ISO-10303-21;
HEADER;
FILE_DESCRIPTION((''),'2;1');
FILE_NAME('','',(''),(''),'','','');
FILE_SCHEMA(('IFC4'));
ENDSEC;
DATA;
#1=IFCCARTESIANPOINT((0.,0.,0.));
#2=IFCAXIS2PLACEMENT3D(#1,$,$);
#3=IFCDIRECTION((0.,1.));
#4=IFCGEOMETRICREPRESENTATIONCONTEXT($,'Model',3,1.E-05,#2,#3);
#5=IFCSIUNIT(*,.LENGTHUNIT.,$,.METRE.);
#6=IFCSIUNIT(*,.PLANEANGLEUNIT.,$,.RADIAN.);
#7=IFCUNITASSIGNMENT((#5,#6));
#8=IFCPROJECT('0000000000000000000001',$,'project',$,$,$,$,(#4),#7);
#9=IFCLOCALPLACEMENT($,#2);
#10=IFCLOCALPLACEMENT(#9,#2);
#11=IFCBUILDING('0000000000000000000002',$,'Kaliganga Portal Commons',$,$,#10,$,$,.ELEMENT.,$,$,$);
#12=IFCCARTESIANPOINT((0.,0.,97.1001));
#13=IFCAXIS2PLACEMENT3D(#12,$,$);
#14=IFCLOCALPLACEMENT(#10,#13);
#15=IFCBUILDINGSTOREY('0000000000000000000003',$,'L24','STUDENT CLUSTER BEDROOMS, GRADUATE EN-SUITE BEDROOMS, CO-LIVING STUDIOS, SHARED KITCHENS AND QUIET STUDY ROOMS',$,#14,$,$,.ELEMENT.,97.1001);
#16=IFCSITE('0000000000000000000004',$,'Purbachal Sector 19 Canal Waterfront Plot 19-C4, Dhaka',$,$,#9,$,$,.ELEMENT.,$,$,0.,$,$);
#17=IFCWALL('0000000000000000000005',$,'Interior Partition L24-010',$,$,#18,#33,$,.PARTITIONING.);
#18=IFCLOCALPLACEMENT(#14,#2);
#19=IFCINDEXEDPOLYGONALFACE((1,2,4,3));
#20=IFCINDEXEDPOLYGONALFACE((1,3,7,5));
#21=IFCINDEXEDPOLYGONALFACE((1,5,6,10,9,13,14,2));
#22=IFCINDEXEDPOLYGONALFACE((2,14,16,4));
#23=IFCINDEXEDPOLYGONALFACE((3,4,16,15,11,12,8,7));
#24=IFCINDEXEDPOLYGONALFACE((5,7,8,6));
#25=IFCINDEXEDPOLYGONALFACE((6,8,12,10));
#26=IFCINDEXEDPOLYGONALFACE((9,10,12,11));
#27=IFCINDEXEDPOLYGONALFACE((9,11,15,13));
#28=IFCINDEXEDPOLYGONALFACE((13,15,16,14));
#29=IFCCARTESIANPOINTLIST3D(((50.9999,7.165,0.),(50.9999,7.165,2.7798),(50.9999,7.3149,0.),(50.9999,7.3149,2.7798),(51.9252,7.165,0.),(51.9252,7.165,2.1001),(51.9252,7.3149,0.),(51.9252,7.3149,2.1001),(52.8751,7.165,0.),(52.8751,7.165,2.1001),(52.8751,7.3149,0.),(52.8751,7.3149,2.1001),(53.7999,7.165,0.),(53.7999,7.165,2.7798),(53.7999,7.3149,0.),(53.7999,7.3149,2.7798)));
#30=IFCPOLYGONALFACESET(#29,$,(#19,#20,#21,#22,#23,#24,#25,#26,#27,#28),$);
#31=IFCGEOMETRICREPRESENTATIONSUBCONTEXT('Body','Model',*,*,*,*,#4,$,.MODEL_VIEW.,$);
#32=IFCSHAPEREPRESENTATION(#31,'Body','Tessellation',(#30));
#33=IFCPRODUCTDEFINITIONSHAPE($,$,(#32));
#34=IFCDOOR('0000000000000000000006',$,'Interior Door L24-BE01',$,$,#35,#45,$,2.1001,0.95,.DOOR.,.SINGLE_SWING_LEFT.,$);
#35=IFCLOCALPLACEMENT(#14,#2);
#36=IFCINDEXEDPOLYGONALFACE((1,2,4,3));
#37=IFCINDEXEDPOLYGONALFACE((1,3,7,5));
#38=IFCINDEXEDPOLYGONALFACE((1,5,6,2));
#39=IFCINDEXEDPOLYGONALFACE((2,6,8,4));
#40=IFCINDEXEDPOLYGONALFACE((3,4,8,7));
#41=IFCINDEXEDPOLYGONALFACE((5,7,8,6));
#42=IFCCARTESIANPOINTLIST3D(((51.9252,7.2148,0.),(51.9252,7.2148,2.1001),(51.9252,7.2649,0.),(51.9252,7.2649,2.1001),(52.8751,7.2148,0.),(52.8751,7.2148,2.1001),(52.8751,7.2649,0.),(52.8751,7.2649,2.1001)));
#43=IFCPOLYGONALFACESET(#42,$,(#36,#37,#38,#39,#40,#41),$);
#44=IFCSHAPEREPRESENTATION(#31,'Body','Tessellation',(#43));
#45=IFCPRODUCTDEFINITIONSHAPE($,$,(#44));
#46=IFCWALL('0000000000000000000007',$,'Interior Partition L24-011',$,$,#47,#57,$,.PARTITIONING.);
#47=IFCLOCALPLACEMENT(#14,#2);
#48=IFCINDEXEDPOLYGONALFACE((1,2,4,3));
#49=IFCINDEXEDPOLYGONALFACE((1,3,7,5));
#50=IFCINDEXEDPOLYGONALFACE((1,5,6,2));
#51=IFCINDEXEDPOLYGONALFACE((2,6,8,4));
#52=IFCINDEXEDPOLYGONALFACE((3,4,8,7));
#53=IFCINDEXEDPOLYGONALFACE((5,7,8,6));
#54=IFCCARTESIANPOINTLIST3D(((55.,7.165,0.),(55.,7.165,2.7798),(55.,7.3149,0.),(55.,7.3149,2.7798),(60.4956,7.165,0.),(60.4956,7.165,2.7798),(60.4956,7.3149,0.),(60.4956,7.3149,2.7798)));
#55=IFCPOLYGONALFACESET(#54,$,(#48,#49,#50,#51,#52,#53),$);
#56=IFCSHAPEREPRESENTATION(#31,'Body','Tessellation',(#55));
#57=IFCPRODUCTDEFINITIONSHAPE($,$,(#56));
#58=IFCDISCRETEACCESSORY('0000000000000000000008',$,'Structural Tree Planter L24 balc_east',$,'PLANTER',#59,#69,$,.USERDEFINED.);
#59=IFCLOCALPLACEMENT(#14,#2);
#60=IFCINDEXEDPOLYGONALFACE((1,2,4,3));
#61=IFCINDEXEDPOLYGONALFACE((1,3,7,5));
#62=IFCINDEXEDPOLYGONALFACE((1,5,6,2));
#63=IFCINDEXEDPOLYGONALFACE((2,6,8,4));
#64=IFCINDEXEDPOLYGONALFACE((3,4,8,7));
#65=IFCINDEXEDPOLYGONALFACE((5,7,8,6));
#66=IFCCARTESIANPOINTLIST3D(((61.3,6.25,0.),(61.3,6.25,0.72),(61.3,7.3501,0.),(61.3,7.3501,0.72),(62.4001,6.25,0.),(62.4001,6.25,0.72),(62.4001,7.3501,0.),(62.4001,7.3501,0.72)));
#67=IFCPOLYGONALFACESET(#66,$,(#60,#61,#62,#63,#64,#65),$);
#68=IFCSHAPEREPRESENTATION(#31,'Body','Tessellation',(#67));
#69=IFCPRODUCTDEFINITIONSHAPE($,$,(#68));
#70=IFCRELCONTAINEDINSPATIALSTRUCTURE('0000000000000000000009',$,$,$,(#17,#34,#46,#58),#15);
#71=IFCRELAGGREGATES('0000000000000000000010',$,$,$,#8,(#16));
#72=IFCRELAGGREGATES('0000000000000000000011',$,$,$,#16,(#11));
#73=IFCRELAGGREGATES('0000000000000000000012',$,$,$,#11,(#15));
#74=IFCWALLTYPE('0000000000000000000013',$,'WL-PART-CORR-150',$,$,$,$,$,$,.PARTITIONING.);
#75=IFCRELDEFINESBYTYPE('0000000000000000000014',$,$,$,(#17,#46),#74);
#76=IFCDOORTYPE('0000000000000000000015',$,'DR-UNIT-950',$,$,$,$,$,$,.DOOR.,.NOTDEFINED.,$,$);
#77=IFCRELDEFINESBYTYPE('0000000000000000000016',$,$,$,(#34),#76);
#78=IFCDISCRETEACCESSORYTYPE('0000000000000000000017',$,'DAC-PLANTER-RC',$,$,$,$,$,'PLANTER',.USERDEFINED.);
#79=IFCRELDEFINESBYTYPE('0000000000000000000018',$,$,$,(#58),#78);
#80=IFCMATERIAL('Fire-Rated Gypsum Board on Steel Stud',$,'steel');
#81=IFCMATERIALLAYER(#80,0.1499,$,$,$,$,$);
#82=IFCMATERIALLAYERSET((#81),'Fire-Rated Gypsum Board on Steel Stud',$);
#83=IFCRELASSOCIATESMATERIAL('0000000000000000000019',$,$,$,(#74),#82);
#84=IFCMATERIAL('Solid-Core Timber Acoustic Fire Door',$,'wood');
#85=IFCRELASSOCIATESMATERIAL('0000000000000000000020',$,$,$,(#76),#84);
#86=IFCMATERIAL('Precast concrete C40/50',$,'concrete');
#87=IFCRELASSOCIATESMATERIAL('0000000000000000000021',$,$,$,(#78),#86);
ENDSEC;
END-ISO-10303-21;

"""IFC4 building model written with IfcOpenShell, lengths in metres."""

from ifc_helpers import new_model, si_unit, direction, frame, frame_2d, origin, origin_2d, place, context, subcontext, project, spatial, rectangle, extrude, source, transform, mapped, material, layer, layer_set, type_object, element, fill, save


model = new_model("IFC4")

# Units and contexts
model_context = context("Model", 3, precision=1e-05, world=origin(), true_north=direction((0.0, 1.0)))
body_context = subcontext(model_context, "Body", "Model", "MODEL_VIEW")
ifc_project = project(units=[si_unit("LENGTHUNIT", "METRE"), si_unit("PLANEANGLEUNIT", "RADIAN")], contexts=[model_context])

# Site, building, storey
site_placement = place(None, origin())
site = spatial("IfcSite", under=ifc_project, at=site_placement, Name="Purbachal Sector 19 Canal Waterfront Plot 19-C4, Dhaka", CompositionType="ELEMENT", RefElevation=0.0)
building_placement = place(site_placement, origin())
building = spatial("IfcBuilding", under=site, at=building_placement, Name="Kaliganga Portal Commons", CompositionType="ELEMENT")
storey_placement = place(building_placement, frame((0.0, 0.0, 97.1001)))
storey = spatial("IfcBuildingStorey", under=building, at=storey_placement, Name="L24", Description="STUDENT CLUSTER BEDROOMS, GRADUATE EN-SUITE BEDROOMS, CO-LIVING STUDIOS, SHARED KITCHENS AND QUIET STUDY ROOMS", CompositionType="ELEMENT", Elevation=97.1001)

# Wall, opening, door
ifc_material_1 = material(Name="Fire-Rated Gypsum Board on Steel Stud", Category="steel")
ifc_layer_1 = layer(ifc_material_1, 0.1499)
ifc_layer_set_1 = layer_set([ifc_layer_1], Name="Fire-Rated Gypsum Board on Steel Stud")
wall_type_1 = type_object("IfcWallType", Name="WL-PART-CORR-150", PredefinedType="PARTITIONING", material=ifc_layer_set_1)
wall_1_placement = place(storey_placement, frame((51.0, 7.24, 0.0), z_axis=(0.0, 0.0, 1.0), x_axis=(1.0, 0.0, 0.0)))
wall_1 = element("IfcWall", 1, at=wall_1_placement, inside=storey, type_object=wall_type_1, Name="Interior Partition L24-010", PredefinedType="PARTITIONING", context=body_context, shape_type="SweptSolid", body=[
    extrude(rectangle(XDim=2.8, YDim=0.1499, at=frame_2d((1.3999, 0.0))), origin(), (0.0, 0.0, 1.0), 2.7798),
])
opening_1_placement = place(wall_1_placement, frame((0.925, 0.0, 0.0)))
opening_1 = element("IfcOpeningElement", 2, at=opening_1_placement, cuts=wall_1, PredefinedType="OPENING", context=body_context, shape_type="SweptSolid", body=[
    extrude(rectangle(XDim=0.95, YDim=2.1001, at=frame_2d((0.4751, 1.05))), frame((0.0, 0.085, 0.0), z_axis=(0.0, -1.0, 0.0), x_axis=(1.0, 0.0, 0.0)), (0.0, 0.0, 1.0), 0.1699),
])
ifc_material_2 = material(Name="Solid-Core Timber Acoustic Fire Door", Category="wood")
door_type_1 = type_object("IfcDoorType", Name="DR-UNIT-950", OperationType="NOTDEFINED", PredefinedType="DOOR", material=ifc_material_2)
door_1_placement = place(opening_1_placement, origin())
door_1 = element("IfcDoor", 3, at=door_1_placement, inside=storey, type_object=door_type_1, Name="Interior Door L24-BE01", OperationType="SINGLE_SWING_LEFT", OverallHeight=2.1001, OverallWidth=0.95, PredefinedType="DOOR", context=body_context, shape_type="SweptSolid", body=[
    extrude(rectangle(XDim=0.95, YDim=2.1001, at=frame_2d((0.4751, 1.05))), frame((0.0, 0.0249, 0.0), z_axis=(0.0, -1.0, 0.0), x_axis=(1.0, 0.0, 0.0)), (0.0, 0.0, 1.0), 0.05),
])
fill(opening_1, door_1)

# Wall
wall_2_placement = place(storey_placement, frame((55.0, 7.24, 0.0), z_axis=(0.0, 0.0, 1.0), x_axis=(1.0, 0.0, 0.0)))
element("IfcWall", 4, at=wall_2_placement, inside=storey, type_object=wall_type_1, Name="Interior Partition L24-011", PredefinedType="PARTITIONING", context=body_context, shape_type="SweptSolid", body=[
    extrude(rectangle(XDim=5.4956, YDim=0.1499, at=frame_2d((2.7478, 0.0))), origin(), (0.0, 0.0, 1.0), 2.7798),
])

# Discrete accessory
ifc_material_3 = material(Name="Precast concrete C40/50", Category="concrete")
discrete_accessory_type = type_object("IfcDiscreteAccessoryType", Name="DAC-PLANTER-RC", ElementType="PLANTER", PredefinedType="USERDEFINED", material=ifc_material_3)
shared_shape_1 = source(origin(), body_context, "Body", "SweptSolid", [
    extrude(rectangle(XDim=1.1001, YDim=1.1001, at=origin_2d()), origin(), (0.0, 0.0, 1.0), 0.72),
])
discrete_accessory_placement = place(storey_placement, frame((61.8501, 6.8, 0.0), z_axis=(0.0, 0.0, 1.0), x_axis=(1.0, 0.0, 0.0)))
element("IfcDiscreteAccessory", 5, at=discrete_accessory_placement, inside=storey, type_object=discrete_accessory_type, Name="Structural Tree Planter L24 balc_east", ObjectType="PLANTER", PredefinedType="USERDEFINED", context=body_context, shape_type="MappedRepresentation", body=[
    mapped(shared_shape_1, transform((0.0, 0.0, 0.0), x_axis=(1.0, 0.0, 0.0), y_axis=(0.0, 1.0, 0.0), z_axis=(0.0, 0.0, 1.0), scale=1.0)),
])

save(model, "model.ifc")
